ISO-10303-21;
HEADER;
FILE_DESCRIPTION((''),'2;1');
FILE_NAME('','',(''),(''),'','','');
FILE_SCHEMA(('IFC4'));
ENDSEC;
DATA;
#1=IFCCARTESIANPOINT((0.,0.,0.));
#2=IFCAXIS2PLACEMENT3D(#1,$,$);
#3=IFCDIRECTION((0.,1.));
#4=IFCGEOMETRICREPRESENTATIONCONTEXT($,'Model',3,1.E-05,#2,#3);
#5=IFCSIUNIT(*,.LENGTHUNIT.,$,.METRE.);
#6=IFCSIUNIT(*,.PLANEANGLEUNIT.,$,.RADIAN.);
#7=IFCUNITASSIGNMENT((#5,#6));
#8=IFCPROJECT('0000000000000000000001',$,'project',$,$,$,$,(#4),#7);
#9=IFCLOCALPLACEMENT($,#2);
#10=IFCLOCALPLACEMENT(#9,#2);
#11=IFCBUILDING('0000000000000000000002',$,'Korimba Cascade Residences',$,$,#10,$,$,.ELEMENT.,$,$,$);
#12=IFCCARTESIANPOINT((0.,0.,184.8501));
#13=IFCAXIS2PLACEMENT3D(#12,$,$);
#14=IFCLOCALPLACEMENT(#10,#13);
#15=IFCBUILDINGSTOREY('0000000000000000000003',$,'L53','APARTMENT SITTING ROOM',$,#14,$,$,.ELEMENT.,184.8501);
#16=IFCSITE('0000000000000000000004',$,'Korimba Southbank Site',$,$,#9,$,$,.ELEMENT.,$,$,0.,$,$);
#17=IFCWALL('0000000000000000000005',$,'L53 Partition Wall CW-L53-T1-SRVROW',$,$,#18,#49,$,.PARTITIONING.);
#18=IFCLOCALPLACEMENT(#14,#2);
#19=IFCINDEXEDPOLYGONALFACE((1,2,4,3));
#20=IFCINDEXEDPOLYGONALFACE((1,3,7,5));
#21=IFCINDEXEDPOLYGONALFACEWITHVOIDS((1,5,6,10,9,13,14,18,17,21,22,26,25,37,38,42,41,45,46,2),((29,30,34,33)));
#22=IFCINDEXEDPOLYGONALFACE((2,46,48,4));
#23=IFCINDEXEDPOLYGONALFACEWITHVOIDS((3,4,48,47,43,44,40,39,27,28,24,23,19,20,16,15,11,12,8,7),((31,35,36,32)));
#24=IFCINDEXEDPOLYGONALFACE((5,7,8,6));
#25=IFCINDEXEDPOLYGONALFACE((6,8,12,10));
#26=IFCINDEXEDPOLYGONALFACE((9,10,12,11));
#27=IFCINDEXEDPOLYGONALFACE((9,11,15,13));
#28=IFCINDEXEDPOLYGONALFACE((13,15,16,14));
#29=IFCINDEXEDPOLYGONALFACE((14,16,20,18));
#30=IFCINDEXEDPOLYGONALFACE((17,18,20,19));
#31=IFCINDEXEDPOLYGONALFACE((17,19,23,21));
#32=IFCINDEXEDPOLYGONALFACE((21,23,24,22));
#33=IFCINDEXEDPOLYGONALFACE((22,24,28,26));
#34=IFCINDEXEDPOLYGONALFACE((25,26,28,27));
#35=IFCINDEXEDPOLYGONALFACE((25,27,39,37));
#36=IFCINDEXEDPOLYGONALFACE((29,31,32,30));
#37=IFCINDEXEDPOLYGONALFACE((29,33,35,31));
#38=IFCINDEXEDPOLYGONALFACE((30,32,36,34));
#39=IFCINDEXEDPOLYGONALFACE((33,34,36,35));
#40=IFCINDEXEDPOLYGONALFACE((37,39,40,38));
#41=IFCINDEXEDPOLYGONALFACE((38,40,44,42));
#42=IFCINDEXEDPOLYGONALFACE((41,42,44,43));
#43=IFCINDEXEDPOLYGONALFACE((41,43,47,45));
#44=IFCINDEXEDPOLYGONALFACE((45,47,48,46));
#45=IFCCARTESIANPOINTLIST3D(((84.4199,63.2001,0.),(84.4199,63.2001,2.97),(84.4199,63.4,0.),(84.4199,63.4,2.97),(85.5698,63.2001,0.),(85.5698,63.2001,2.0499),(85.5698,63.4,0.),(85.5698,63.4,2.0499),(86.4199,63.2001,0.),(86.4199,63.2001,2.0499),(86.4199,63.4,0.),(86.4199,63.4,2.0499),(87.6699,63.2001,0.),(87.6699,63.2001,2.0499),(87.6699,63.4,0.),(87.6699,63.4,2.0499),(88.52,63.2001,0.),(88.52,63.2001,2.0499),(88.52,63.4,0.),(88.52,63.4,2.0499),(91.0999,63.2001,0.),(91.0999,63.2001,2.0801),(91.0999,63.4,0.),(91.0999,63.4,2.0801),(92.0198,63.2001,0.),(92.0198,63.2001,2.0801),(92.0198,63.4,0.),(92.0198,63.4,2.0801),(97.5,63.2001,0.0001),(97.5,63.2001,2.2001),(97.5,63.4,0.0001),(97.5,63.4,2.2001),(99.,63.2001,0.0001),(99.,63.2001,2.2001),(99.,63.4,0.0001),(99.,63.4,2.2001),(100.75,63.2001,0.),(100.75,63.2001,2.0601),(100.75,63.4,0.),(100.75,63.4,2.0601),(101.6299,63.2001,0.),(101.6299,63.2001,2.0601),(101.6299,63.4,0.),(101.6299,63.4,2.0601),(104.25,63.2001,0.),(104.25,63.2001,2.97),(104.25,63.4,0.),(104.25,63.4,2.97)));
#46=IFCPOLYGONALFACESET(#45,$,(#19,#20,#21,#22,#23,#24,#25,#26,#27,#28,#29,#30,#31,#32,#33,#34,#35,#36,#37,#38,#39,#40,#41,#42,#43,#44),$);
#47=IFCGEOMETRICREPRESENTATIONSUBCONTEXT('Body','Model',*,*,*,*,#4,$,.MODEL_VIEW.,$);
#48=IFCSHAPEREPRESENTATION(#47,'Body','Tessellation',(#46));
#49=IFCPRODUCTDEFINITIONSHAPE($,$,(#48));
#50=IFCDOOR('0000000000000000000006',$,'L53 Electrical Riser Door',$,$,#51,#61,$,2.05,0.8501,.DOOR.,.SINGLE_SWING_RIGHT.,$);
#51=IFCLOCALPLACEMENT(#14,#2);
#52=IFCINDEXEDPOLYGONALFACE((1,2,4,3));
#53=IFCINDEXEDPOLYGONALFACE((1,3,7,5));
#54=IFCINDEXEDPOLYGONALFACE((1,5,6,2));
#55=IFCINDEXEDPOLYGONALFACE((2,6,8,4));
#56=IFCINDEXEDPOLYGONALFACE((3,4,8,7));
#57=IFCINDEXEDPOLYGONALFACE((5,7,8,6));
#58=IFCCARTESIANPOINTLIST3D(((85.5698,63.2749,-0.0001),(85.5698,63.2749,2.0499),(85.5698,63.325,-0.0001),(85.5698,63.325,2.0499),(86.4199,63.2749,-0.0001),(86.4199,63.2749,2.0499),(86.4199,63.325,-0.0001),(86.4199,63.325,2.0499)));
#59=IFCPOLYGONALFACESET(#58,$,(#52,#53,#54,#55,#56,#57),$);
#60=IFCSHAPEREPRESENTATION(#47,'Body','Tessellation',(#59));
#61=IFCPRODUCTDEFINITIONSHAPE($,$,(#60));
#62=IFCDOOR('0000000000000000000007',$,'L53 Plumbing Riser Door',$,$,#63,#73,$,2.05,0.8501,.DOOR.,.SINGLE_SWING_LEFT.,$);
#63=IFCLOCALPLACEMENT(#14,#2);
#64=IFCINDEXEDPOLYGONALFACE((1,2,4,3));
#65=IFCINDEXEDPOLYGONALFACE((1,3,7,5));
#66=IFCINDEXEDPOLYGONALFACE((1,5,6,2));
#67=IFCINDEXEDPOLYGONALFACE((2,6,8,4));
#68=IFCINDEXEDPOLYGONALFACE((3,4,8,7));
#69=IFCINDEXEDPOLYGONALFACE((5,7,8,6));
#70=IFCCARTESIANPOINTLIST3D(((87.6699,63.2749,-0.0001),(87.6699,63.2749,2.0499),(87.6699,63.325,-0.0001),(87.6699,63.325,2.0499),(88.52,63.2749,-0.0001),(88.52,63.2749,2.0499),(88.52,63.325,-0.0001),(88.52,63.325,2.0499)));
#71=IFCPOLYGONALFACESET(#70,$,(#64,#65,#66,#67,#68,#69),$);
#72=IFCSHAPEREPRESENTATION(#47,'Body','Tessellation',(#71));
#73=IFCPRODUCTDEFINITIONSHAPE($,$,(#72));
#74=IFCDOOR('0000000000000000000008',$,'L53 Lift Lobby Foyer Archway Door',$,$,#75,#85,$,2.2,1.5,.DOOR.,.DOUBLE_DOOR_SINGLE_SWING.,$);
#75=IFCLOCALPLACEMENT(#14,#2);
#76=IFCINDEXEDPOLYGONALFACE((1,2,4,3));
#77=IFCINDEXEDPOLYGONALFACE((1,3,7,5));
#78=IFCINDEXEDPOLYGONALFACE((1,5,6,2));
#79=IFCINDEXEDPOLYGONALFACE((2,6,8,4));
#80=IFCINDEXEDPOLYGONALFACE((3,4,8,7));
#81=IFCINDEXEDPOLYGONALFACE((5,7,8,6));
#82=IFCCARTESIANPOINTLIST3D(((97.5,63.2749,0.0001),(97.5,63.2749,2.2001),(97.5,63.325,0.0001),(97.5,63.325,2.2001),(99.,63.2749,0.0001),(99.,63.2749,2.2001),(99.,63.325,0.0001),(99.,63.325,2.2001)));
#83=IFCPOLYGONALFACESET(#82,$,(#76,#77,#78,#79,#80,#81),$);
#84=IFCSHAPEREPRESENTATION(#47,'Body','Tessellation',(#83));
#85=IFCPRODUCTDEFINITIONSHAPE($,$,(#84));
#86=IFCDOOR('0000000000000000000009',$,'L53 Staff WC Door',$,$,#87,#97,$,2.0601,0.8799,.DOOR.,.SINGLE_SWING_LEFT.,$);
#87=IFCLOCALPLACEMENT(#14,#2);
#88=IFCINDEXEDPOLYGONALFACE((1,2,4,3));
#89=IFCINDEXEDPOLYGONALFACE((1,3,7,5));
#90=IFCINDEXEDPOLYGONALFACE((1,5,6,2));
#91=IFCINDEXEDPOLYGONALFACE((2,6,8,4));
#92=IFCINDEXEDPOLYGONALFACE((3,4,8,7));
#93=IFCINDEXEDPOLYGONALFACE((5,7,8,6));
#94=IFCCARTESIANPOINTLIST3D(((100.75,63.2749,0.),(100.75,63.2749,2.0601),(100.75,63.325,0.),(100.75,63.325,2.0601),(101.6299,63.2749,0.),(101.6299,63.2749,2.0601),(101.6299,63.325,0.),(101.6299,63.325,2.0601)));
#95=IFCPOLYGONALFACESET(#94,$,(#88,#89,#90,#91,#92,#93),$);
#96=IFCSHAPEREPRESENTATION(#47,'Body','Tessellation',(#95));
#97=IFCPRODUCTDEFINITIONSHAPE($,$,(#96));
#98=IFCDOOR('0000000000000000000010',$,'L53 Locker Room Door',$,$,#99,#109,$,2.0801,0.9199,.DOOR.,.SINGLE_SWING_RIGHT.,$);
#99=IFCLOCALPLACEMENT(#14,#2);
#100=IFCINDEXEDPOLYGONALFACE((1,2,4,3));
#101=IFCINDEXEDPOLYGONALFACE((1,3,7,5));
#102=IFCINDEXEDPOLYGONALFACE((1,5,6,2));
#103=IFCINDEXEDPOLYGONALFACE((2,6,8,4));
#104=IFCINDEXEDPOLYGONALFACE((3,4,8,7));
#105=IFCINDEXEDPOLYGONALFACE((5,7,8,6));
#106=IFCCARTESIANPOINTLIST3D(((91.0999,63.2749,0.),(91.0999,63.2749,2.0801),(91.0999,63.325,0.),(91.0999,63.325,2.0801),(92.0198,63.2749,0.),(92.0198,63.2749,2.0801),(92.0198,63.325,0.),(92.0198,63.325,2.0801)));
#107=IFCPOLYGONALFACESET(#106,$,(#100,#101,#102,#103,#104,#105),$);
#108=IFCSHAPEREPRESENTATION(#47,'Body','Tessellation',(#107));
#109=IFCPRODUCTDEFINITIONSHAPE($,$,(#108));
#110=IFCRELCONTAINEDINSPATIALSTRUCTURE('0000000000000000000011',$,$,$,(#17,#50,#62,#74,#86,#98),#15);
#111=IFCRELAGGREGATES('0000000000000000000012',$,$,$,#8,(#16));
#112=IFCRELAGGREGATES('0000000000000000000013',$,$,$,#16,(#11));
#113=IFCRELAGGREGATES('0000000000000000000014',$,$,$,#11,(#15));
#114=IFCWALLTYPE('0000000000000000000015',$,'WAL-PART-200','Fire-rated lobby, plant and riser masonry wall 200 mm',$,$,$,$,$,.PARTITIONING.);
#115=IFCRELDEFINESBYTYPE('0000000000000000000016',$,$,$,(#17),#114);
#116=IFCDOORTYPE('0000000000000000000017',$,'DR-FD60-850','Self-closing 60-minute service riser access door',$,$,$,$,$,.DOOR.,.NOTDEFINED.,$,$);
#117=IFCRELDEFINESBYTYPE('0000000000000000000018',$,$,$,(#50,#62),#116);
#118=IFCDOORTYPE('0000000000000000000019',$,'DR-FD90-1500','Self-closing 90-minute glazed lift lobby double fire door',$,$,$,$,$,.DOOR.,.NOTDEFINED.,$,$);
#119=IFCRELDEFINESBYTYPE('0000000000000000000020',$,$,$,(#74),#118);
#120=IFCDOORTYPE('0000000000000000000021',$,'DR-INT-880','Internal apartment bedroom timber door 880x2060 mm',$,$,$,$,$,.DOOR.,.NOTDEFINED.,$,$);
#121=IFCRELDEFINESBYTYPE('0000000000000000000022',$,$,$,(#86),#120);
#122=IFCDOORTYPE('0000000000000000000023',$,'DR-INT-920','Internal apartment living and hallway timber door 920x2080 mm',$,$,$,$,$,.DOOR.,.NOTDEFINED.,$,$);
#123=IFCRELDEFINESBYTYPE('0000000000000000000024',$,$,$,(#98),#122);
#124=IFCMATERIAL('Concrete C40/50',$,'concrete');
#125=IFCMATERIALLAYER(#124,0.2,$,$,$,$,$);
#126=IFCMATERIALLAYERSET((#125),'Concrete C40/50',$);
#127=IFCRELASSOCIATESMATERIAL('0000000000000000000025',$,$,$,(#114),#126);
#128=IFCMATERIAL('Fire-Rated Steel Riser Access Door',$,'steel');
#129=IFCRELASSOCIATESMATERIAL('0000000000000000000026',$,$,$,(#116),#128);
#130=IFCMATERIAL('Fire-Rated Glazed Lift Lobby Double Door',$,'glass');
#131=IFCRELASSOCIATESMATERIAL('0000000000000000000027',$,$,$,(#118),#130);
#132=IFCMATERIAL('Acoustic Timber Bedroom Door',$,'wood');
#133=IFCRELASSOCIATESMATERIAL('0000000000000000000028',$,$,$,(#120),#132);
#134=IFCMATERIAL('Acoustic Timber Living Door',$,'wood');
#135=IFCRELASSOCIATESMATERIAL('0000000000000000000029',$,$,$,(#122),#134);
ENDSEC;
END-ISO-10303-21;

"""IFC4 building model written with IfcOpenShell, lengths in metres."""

from ifc_helpers import new_model, si_unit, direction, frame, frame_2d, origin, place, context, subcontext, project, spatial, rectangle, extrude, material, layer, layer_set, type_object, element, fill, save


model = new_model("IFC4")

# Units and contexts
model_context = context("Model", 3, precision=1e-05, world=origin(), true_north=direction((0.0, 1.0)))
body_context = subcontext(model_context, "Body", "Model", "MODEL_VIEW")
ifc_project = project(units=[si_unit("LENGTHUNIT", "METRE"), si_unit("PLANEANGLEUNIT", "RADIAN")], contexts=[model_context])

# Site, building, storey
site_placement = place(None, origin())
site = spatial("IfcSite", under=ifc_project, at=site_placement, Name="Korimba Southbank Site", CompositionType="ELEMENT", RefElevation=0.0)
building_placement = place(site_placement, origin())
building = spatial("IfcBuilding", under=site, at=building_placement, Name="Korimba Cascade Residences", CompositionType="ELEMENT")
storey_placement = place(building_placement, frame((0.0, 0.0, 184.8501)))
storey = spatial("IfcBuildingStorey", under=building, at=storey_placement, Name="L53", Description="APARTMENT SITTING ROOM", CompositionType="ELEMENT", Elevation=184.8501)

# Shared definitions
ifc_material_1 = material(Name="Concrete C40/50", Category="concrete")
ifc_layer_1 = layer(ifc_material_1, 0.2)
ifc_layer_set_1 = layer_set([ifc_layer_1], Name="Concrete C40/50")
wall_type_1 = type_object("IfcWallType", Name="WAL-PART-200", Description="Fire-rated lobby, plant and riser masonry wall 200 mm", PredefinedType="PARTITIONING", material=ifc_layer_set_1)

# Wall, openings, doors
wall_1_placement = place(storey_placement, frame((84.4199, 63.3, 0.0), z_axis=(0.0, 0.0, 1.0), x_axis=(1.0, 0.0, 0.0)))
wall_1 = element("IfcWall", 1, at=wall_1_placement, inside=storey, type_object=wall_type_1, Name="L53 Partition Wall CW-L53-T1-SRVROW", PredefinedType="PARTITIONING", context=body_context, shape_type="SweptSolid", body=[
    extrude(rectangle(XDim=19.8301, YDim=0.2, at=frame_2d((9.915, 0.0))), origin(), (0.0, 0.0, 1.0), 2.97),
])
opening_1_placement = place(wall_1_placement, frame((1.1499, 0.0, 0.0)))
opening_1 = element("IfcOpeningElement", 2, at=opening_1_placement, cuts=wall_1, PredefinedType="OPENING", context=body_context, shape_type="SweptSolid", body=[
    extrude(rectangle(XDim=0.8501, YDim=2.05, at=frame_2d((0.425, 1.0249))), frame((0.0, 0.1099, 0.0), z_axis=(0.0, -1.0, 0.0), x_axis=(1.0, 0.0, 0.0)), (0.0, 0.0, 1.0), 0.22),
])
opening_2_placement = place(wall_1_placement, frame((3.25, 0.0, 0.0)))
opening_2 = element("IfcOpeningElement", 3, at=opening_2_placement, cuts=wall_1, PredefinedType="OPENING", context=body_context, shape_type="SweptSolid", body=[
    extrude(rectangle(XDim=0.8501, YDim=2.05, at=frame_2d((0.425, 1.0249))), frame((0.0, 0.1099, 0.0), z_axis=(0.0, -1.0, 0.0), x_axis=(1.0, 0.0, 0.0)), (0.0, 0.0, 1.0), 0.22),
])
opening_3_placement = place(wall_1_placement, frame((13.0801, 0.0, 0.0)))
opening_3 = element("IfcOpeningElement", 4, at=opening_3_placement, cuts=wall_1, PredefinedType="OPENING", context=body_context, shape_type="SweptSolid", body=[
    extrude(rectangle(XDim=1.5, YDim=2.2, at=frame_2d((0.75, 1.1001))), frame((0.0, 0.1099, 0.0), z_axis=(0.0, -1.0, 0.0), x_axis=(1.0, 0.0, 0.0)), (0.0, 0.0, 1.0), 0.22),
])
opening_4_placement = place(wall_1_placement, frame((6.6799, 0.0, 0.0)))
opening_4 = element("IfcOpeningElement", 5, at=opening_4_placement, cuts=wall_1, PredefinedType="OPENING", context=body_context, shape_type="SweptSolid", body=[
    extrude(rectangle(XDim=0.9199, YDim=2.0801, at=frame_2d((0.46, 1.04))), frame((0.0, 0.1099, 0.0), z_axis=(0.0, -1.0, 0.0), x_axis=(1.0, 0.0, 0.0)), (0.0, 0.0, 1.0), 0.22),
])
opening_5_placement = place(wall_1_placement, frame((16.3301, 0.0, 0.0)))
opening_5 = element("IfcOpeningElement", 6, at=opening_5_placement, cuts=wall_1, PredefinedType="OPENING", context=body_context, shape_type="SweptSolid", body=[
    extrude(rectangle(XDim=0.8799, YDim=2.0601, at=frame_2d((0.4399, 1.03))), frame((0.0, 0.1099, 0.0), z_axis=(0.0, -1.0, 0.0), x_axis=(1.0, 0.0, 0.0)), (0.0, 0.0, 1.0), 0.22),
])
ifc_material_2 = material(Name="Fire-Rated Steel Riser Access Door", Category="steel")
door_type_1 = type_object("IfcDoorType", Name="DR-FD60-850", Description="Self-closing 60-minute service riser access door", OperationType="NOTDEFINED", PredefinedType="DOOR", material=ifc_material_2)
door_1_placement = place(opening_1_placement, origin())
door_1 = element("IfcDoor", 7, at=door_1_placement, inside=storey, type_object=door_type_1, Name="L53 Electrical Riser Door", OperationType="SINGLE_SWING_RIGHT", OverallHeight=2.05, OverallWidth=0.8501, PredefinedType="DOOR", context=body_context, shape_type="SweptSolid", body=[
    extrude(rectangle(XDim=0.8501, YDim=2.05, at=frame_2d((0.425, 1.0249))), frame((0.0, 0.0249, 0.0), z_axis=(0.0, -1.0, 0.0), x_axis=(1.0, 0.0, 0.0)), (0.0, 0.0, 1.0), 0.05),
])
fill(opening_1, door_1)
door_2_placement = place(opening_2_placement, origin())
door_2 = element("IfcDoor", 8, at=door_2_placement, inside=storey, type_object=door_type_1, Name="L53 Plumbing Riser Door", OperationType="SINGLE_SWING_LEFT", OverallHeight=2.05, OverallWidth=0.8501, PredefinedType="DOOR", context=body_context, shape_type="SweptSolid", body=[
    extrude(rectangle(XDim=0.8501, YDim=2.05, at=frame_2d((0.425, 1.0249))), frame((0.0, 0.0249, 0.0), z_axis=(0.0, -1.0, 0.0), x_axis=(1.0, 0.0, 0.0)), (0.0, 0.0, 1.0), 0.05),
])
fill(opening_2, door_2)
ifc_material_3 = material(Name="Fire-Rated Glazed Lift Lobby Double Door", Category="glass")
door_type_2 = type_object("IfcDoorType", Name="DR-FD90-1500", Description="Self-closing 90-minute glazed lift lobby double fire door", OperationType="NOTDEFINED", PredefinedType="DOOR", material=ifc_material_3)
door_3_placement = place(opening_3_placement, origin())
door_3 = element("IfcDoor", 9, at=door_3_placement, inside=storey, type_object=door_type_2, Name="L53 Lift Lobby Foyer Archway Door", OperationType="DOUBLE_DOOR_SINGLE_SWING", OverallHeight=2.2, OverallWidth=1.5, PredefinedType="DOOR", context=body_context, shape_type="SweptSolid", body=[
    extrude(rectangle(XDim=1.5, YDim=2.2, at=frame_2d((0.75, 1.1001))), frame((0.0, 0.0249, 0.0), z_axis=(0.0, -1.0, 0.0), x_axis=(1.0, 0.0, 0.0)), (0.0, 0.0, 1.0), 0.05),
])
fill(opening_3, door_3)
ifc_material_4 = material(Name="Acoustic Timber Bedroom Door", Category="wood")
door_type_3 = type_object("IfcDoorType", Name="DR-INT-880", Description="Internal apartment bedroom timber door 880x2060 mm", OperationType="NOTDEFINED", PredefinedType="DOOR", material=ifc_material_4)
door_4_placement = place(opening_5_placement, origin())
door_4 = element("IfcDoor", 10, at=door_4_placement, inside=storey, type_object=door_type_3, Name="L53 Staff WC Door", OperationType="SINGLE_SWING_LEFT", OverallHeight=2.0601, OverallWidth=0.8799, PredefinedType="DOOR", context=body_context, shape_type="SweptSolid", body=[
    extrude(rectangle(XDim=0.8799, YDim=2.0601, at=frame_2d((0.4399, 1.03))), frame((0.0, 0.0249, 0.0), z_axis=(0.0, -1.0, 0.0), x_axis=(1.0, 0.0, 0.0)), (0.0, 0.0, 1.0), 0.05),
])
fill(opening_5, door_4)
ifc_material_5 = material(Name="Acoustic Timber Living Door", Category="wood")
door_type_4 = type_object("IfcDoorType", Name="DR-INT-920", Description="Internal apartment living and hallway timber door 920x2080 mm", OperationType="NOTDEFINED", PredefinedType="DOOR", material=ifc_material_5)
door_5_placement = place(opening_4_placement, origin())
door_5 = element("IfcDoor", 11, at=door_5_placement, inside=storey, type_object=door_type_4, Name="L53 Locker Room Door", OperationType="SINGLE_SWING_RIGHT", OverallHeight=2.0801, OverallWidth=0.9199, PredefinedType="DOOR", context=body_context, shape_type="SweptSolid", body=[
    extrude(rectangle(XDim=0.9199, YDim=2.0801, at=frame_2d((0.46, 1.04))), frame((0.0, 0.0249, 0.0), z_axis=(0.0, -1.0, 0.0), x_axis=(1.0, 0.0, 0.0)), (0.0, 0.0, 1.0), 0.05),
])
fill(opening_4, door_5)

save(model, "model.ifc")
